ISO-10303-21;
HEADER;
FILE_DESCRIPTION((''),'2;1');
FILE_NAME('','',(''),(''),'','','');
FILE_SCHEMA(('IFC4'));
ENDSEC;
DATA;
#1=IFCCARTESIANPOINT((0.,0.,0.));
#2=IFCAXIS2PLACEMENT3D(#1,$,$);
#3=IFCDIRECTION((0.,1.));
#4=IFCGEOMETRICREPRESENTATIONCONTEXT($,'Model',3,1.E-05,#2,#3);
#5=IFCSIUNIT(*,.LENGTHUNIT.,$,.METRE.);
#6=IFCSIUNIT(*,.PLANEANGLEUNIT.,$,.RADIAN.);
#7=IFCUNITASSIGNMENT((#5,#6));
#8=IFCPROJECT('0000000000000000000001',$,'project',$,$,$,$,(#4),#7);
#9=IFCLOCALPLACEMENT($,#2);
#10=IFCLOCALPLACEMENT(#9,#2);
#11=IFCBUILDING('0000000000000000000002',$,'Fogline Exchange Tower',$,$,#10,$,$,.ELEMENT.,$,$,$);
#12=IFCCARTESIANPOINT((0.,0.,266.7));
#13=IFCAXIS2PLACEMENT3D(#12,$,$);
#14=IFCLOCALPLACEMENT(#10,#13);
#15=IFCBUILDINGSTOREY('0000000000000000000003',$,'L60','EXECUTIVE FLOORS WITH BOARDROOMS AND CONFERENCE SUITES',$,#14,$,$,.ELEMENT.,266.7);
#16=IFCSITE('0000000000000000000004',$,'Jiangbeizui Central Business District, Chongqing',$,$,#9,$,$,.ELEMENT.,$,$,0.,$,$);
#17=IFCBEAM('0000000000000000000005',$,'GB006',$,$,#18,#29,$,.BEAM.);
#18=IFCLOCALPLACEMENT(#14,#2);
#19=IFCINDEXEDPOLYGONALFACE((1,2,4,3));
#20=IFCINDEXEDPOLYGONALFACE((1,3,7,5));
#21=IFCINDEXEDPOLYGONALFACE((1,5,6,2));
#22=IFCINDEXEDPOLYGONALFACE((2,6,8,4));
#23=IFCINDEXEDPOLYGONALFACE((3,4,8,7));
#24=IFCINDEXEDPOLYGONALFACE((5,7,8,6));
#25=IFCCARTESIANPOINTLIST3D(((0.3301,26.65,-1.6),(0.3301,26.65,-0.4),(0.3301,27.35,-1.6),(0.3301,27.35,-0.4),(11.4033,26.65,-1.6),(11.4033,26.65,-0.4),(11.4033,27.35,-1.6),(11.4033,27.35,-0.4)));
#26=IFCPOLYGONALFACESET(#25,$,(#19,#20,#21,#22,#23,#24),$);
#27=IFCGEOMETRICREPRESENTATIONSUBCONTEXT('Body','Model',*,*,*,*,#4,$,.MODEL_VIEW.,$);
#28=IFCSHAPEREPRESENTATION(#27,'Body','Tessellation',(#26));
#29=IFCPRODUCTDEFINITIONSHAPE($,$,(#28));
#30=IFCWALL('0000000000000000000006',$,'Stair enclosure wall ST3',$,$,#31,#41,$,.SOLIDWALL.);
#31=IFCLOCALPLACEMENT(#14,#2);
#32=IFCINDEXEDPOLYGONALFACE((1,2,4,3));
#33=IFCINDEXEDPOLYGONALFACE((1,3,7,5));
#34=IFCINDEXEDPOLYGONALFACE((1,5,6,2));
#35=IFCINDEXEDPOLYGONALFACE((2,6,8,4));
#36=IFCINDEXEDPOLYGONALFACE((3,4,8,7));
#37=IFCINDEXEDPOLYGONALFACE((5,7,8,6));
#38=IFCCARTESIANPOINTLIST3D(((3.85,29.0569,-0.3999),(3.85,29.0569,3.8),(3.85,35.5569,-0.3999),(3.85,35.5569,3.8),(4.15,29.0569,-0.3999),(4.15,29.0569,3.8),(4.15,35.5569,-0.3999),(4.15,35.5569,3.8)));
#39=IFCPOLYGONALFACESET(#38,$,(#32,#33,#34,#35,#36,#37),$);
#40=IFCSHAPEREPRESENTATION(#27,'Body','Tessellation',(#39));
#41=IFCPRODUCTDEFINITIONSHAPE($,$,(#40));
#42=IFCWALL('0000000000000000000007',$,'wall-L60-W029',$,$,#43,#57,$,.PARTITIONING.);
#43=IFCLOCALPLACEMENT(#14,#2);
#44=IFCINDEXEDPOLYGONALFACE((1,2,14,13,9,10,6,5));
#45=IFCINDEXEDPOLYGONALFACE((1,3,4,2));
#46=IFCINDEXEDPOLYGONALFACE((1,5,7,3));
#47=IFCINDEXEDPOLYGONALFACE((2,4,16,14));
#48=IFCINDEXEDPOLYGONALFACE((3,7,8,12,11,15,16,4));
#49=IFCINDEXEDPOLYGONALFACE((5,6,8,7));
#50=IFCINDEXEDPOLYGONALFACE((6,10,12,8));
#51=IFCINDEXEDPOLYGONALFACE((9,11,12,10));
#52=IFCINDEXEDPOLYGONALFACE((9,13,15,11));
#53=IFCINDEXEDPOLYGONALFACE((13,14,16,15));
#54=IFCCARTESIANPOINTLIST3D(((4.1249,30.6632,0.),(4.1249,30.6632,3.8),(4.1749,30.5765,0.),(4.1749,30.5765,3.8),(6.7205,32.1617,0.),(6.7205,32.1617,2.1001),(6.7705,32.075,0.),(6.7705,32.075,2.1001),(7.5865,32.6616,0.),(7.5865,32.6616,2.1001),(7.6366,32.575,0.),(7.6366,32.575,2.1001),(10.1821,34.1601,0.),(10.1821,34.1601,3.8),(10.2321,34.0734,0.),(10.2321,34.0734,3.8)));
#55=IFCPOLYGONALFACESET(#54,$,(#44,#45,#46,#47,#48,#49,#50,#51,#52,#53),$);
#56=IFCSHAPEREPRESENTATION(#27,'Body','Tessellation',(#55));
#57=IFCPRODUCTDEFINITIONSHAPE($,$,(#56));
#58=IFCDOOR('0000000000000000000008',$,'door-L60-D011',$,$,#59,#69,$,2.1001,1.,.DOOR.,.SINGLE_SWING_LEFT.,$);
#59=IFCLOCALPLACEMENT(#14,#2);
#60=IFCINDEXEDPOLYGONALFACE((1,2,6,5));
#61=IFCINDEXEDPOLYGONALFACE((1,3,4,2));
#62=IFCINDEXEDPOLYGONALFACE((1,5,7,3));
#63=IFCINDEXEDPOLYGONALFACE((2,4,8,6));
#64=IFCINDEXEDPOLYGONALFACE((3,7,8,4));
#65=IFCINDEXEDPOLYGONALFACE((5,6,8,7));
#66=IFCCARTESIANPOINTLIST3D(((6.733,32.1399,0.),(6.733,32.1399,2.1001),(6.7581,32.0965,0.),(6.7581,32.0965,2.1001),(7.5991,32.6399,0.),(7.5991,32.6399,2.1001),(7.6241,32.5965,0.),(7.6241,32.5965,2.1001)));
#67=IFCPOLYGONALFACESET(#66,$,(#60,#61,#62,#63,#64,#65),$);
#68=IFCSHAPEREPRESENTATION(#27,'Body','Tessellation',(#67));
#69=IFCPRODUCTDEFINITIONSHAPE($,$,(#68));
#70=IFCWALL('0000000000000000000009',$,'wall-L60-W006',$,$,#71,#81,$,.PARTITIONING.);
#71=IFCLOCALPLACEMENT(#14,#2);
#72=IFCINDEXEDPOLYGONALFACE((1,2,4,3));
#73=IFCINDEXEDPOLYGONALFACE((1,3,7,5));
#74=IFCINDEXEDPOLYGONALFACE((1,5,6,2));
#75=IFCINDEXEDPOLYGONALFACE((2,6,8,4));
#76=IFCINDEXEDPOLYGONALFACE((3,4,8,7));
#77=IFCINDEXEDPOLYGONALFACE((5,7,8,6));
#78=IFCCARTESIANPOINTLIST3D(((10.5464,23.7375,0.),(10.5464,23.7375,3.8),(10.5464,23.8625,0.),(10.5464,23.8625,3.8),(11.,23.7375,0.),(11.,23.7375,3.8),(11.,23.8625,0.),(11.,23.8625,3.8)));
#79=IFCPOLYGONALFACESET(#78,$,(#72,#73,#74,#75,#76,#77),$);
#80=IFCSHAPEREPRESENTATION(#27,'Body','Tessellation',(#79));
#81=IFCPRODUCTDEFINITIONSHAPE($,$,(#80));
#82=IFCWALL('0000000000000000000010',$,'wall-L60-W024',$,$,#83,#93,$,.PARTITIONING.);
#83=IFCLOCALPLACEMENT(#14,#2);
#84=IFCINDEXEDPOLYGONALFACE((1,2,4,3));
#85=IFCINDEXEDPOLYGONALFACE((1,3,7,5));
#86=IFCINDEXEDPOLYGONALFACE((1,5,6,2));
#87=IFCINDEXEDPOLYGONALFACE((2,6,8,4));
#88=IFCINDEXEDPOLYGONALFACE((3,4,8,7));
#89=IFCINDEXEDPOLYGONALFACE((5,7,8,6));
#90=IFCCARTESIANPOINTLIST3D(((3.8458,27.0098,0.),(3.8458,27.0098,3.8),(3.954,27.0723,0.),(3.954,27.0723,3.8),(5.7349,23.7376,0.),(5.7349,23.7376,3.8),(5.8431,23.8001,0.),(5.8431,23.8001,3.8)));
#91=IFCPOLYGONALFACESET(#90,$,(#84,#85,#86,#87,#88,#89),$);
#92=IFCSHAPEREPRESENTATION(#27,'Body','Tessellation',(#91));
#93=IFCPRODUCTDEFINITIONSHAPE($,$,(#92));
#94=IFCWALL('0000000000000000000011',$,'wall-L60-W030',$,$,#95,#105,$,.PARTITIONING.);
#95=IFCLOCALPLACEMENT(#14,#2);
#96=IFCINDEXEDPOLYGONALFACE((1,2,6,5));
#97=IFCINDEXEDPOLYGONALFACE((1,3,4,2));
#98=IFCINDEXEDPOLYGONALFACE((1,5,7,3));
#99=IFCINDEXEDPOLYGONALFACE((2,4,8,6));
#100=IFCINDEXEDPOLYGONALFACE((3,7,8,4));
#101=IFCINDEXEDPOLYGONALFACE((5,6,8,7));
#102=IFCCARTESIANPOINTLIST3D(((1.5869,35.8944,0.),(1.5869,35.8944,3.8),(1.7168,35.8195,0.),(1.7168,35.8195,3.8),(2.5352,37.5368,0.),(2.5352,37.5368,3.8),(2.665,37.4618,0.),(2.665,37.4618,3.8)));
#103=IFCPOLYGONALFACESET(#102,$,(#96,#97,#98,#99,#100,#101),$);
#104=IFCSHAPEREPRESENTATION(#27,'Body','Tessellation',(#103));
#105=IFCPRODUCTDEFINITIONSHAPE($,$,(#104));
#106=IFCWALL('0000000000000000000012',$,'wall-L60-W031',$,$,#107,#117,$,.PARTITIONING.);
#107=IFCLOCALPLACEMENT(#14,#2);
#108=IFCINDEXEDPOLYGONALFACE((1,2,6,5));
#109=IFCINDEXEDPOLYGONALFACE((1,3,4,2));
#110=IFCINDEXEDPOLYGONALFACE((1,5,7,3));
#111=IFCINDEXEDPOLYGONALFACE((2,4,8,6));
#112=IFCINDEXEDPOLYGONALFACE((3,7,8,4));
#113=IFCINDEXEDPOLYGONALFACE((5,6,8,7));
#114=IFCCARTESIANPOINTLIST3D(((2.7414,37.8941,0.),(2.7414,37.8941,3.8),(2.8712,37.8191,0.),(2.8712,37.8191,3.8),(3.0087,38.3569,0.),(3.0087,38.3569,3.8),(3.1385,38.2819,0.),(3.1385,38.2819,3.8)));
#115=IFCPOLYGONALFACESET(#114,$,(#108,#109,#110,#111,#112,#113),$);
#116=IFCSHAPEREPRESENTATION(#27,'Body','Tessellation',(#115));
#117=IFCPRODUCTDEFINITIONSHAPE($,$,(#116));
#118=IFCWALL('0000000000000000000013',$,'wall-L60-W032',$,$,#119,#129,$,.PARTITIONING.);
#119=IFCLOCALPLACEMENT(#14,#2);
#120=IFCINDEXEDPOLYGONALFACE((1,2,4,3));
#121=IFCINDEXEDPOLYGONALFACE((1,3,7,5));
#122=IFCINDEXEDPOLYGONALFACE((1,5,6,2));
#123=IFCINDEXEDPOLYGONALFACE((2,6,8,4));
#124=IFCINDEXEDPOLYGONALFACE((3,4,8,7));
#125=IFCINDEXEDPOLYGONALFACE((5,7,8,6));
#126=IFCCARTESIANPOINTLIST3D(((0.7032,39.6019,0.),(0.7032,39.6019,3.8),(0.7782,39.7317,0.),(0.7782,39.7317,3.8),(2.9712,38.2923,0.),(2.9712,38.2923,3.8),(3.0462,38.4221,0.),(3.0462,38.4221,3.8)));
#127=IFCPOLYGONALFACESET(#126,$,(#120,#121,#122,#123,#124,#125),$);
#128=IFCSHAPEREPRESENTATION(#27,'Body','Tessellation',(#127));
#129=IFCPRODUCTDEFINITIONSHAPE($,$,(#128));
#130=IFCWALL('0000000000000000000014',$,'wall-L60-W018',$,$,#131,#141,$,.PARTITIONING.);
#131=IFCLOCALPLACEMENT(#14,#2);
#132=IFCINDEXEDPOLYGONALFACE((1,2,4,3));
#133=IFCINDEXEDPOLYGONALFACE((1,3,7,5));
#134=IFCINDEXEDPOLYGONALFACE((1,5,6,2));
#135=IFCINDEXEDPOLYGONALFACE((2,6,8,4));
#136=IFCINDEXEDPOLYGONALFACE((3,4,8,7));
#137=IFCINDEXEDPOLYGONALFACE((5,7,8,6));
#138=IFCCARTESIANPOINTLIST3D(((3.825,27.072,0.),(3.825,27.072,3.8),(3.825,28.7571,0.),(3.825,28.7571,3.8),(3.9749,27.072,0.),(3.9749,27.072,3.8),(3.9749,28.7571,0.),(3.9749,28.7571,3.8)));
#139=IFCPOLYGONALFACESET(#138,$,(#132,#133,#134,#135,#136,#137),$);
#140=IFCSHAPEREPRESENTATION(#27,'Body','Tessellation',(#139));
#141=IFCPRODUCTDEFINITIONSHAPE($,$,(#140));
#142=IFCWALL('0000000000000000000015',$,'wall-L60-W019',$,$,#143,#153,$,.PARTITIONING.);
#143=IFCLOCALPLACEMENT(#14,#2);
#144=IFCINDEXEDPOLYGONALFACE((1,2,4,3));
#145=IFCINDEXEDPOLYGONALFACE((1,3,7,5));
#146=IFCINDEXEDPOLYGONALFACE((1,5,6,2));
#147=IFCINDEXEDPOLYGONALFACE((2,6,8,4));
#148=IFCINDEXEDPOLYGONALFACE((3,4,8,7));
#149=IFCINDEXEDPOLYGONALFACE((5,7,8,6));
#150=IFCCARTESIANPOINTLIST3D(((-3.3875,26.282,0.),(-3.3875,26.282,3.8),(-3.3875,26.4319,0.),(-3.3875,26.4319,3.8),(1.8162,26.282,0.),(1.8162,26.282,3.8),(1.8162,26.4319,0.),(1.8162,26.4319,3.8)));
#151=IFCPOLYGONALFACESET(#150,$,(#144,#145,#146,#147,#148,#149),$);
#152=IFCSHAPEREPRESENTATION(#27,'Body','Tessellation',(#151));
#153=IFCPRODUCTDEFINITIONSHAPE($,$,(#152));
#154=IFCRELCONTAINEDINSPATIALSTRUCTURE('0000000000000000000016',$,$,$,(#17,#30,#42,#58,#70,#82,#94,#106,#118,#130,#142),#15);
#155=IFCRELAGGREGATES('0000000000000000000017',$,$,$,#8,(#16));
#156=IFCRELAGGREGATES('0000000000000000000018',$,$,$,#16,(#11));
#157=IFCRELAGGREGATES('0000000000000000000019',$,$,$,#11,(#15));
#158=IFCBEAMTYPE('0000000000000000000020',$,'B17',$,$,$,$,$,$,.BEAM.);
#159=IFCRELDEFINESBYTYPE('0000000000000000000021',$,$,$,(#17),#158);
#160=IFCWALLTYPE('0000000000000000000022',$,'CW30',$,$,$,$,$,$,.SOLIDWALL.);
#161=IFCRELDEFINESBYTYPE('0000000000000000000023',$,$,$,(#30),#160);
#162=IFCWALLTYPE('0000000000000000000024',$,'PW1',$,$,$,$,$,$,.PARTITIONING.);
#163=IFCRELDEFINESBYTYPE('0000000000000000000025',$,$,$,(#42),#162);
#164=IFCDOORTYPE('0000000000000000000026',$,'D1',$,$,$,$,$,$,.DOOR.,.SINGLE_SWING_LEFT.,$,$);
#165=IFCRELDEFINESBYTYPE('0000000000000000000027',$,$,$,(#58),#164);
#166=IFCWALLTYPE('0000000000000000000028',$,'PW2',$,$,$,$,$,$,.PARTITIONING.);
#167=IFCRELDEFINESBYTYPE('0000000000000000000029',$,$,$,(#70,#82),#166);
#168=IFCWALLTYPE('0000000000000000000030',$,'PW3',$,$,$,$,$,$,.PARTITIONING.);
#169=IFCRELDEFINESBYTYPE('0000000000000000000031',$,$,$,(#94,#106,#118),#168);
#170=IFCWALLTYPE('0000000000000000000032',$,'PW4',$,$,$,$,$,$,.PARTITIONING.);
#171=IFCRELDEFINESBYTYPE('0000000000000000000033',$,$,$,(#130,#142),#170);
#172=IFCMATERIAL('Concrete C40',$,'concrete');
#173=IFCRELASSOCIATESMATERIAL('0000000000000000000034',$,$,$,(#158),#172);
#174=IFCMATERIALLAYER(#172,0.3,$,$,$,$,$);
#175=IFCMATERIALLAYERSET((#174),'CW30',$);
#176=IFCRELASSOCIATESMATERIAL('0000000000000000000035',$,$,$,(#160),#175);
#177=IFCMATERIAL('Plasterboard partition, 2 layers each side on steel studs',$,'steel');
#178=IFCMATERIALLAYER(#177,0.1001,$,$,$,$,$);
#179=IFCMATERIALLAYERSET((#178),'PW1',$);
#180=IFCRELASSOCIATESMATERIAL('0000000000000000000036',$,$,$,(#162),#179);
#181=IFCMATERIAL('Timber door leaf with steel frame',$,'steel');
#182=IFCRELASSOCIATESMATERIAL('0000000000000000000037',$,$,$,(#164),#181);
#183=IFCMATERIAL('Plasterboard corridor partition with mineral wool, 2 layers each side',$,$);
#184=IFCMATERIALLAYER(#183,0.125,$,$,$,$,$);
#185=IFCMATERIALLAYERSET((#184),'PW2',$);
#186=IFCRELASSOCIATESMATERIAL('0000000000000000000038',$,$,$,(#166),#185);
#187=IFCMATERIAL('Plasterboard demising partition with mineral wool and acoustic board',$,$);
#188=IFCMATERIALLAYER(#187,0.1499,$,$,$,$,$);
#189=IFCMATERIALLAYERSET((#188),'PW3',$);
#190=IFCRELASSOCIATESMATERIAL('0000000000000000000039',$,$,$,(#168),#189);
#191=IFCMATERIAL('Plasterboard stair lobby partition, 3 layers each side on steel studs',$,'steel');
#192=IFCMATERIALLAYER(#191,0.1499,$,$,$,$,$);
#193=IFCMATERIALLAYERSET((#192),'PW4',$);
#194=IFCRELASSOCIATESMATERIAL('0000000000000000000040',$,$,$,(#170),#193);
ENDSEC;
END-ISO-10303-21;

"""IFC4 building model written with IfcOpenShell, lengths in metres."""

from ifc_helpers import new_model, si_unit, direction, frame, frame_2d, origin, origin_2d, place, context, subcontext, project, spatial, rectangle, extrude, material, layer, layer_set, material_profile, profile_set, type_object, element, fill, save


model = new_model("IFC4")

# Units and contexts
model_context = context("Model", 3, precision=1e-05, world=origin(), true_north=direction((0.0, 1.0)))
body_context = subcontext(model_context, "Body", "Model", "MODEL_VIEW")
ifc_project = project(units=[si_unit("LENGTHUNIT", "METRE"), si_unit("PLANEANGLEUNIT", "RADIAN")], contexts=[model_context])

# Site, building, storey
site_placement = place(None, origin())
site = spatial("IfcSite", under=ifc_project, at=site_placement, Name="Jiangbeizui Central Business District, Chongqing", CompositionType="ELEMENT", RefElevation=0.0)
building_placement = place(site_placement, origin())
building = spatial("IfcBuilding", under=site, at=building_placement, Name="Fogline Exchange Tower", CompositionType="ELEMENT")
storey_placement = place(building_placement, frame((0.0, 0.0, 266.7)))
storey = spatial("IfcBuildingStorey", under=building, at=storey_placement, Name="L60", Description="EXECUTIVE FLOORS WITH BOARDROOMS AND CONFERENCE SUITES", CompositionType="ELEMENT", Elevation=266.7)

# Beam
ifc_material_1 = material(Name="Concrete C40", Category="concrete")
ifc_material_profile_1 = material_profile(ifc_material_1, rectangle(XDim=0.7, YDim=1.2, at=origin_2d()), Name="RC 700x1200")
ifc_profile_set_1 = profile_set([ifc_material_profile_1], Name="Concrete C40")
beam_type_1 = type_object("IfcBeamType", Name="B17", PredefinedType="BEAM", material=ifc_profile_set_1)
beam_1_placement = place(storey_placement, frame((0.3301, 27.0, -1.0), z_axis=(1.0, 0.0, 0.0), x_axis=(0.0, 1.0, 0.0)))
element("IfcBeam", 1, at=beam_1_placement, inside=storey, type_object=beam_type_1, Name="GB006", PredefinedType="BEAM", context=body_context, shape_type="SweptSolid", body=[
    extrude(rectangle(XDim=0.7, YDim=1.2, at=origin_2d()), origin(), (0.0, 0.0, 1.0), 11.0732),
])

# Wall
ifc_layer_1 = layer(ifc_material_1, 0.3)
ifc_layer_set_1 = layer_set([ifc_layer_1], Name="CW30")
wall_type_1 = type_object("IfcWallType", Name="CW30", PredefinedType="SOLIDWALL", material=ifc_layer_set_1)
wall_1_placement = place(storey_placement, frame((4.0, 29.0569, -0.3999), z_axis=(0.0, 0.0, 1.0), x_axis=(0.0, 1.0, 0.0)))
element("IfcWall", 2, at=wall_1_placement, inside=storey, type_object=wall_type_1, Name="Stair enclosure wall ST3", PredefinedType="SOLIDWALL", context=body_context, shape_type="SweptSolid", body=[
    extrude(rectangle(XDim=6.5, YDim=0.3, at=frame_2d((3.25, 0.0))), origin(), (0.0, 0.0, 1.0), 4.2),
])

# Wall, opening, door
ifc_material_2 = material(Name="Plasterboard partition, 2 layers each side on steel studs", Category="steel")
ifc_layer_2 = layer(ifc_material_2, 0.1001)
ifc_layer_set_2 = layer_set([ifc_layer_2], Name="PW1")
wall_type_2 = type_object("IfcWallType", Name="PW1", PredefinedType="PARTITIONING", material=ifc_layer_set_2)
wall_2_placement = place(storey_placement, frame((4.1499, 30.6199, 0.0), z_axis=(0.0, 0.0, 1.0), x_axis=(0.866041, 0.499972, 0.0)))
wall_2 = element("IfcWall", 3, at=wall_2_placement, inside=storey, type_object=wall_type_2, Name="wall-L60-W029", PredefinedType="PARTITIONING", context=body_context, shape_type="SweptSolid", body=[
    extrude(rectangle(XDim=6.9941, YDim=0.1001, at=frame_2d((3.4971, 0.0))), origin(), (0.0, 0.0, 1.0), 3.8),
])
opening_1_placement = place(wall_2_placement, frame((2.9971, 0.0, 0.0)))
opening_1 = element("IfcOpeningElement", 4, at=opening_1_placement, cuts=wall_2, PredefinedType="OPENING", context=body_context, shape_type="SweptSolid", body=[
    extrude(rectangle(XDim=1.0, YDim=2.1001, at=frame_2d((0.5, 1.05))), frame((0.0, 0.0601, 0.0), z_axis=(0.0, -1.0, 0.0), x_axis=(1.0, 0.0, 0.0)), (0.0, 0.0, 1.0), 0.1201),
])
ifc_material_3 = material(Name="Timber door leaf with steel frame", Category="steel")
door_type_1 = type_object("IfcDoorType", Name="D1", OperationType="SINGLE_SWING_LEFT", PredefinedType="DOOR", material=ifc_material_3)
door_1_placement = place(opening_1_placement, origin())
door_1 = element("IfcDoor", 5, at=door_1_placement, inside=storey, type_object=door_type_1, Name="door-L60-D011", OperationType="SINGLE_SWING_LEFT", OverallHeight=2.1001, OverallWidth=1.0, PredefinedType="DOOR", context=body_context, shape_type="SweptSolid", body=[
    extrude(rectangle(XDim=1.0, YDim=2.1001, at=frame_2d((0.5, 1.05))), frame((0.0, 0.0249, 0.0), z_axis=(0.0, -1.0, 0.0), x_axis=(1.0, 0.0, 0.0)), (0.0, 0.0, 1.0), 0.05),
])
fill(opening_1, door_1)

# Walls
ifc_material_4 = material(Name="Plasterboard corridor partition with mineral wool, 2 layers each side")
ifc_layer_3 = layer(ifc_material_4, 0.125)
ifc_layer_set_3 = layer_set([ifc_layer_3], Name="PW2")
wall_type_3 = type_object("IfcWallType", Name="PW2", PredefinedType="PARTITIONING", material=ifc_layer_set_3)
wall_3_placement = place(storey_placement, frame((10.5464, 23.8, 0.0), z_axis=(0.0, 0.0, 1.0), x_axis=(1.0, 0.0, 0.0)))
element("IfcWall", 6, at=wall_3_placement, inside=storey, type_object=wall_type_3, Name="wall-L60-W006", PredefinedType="PARTITIONING", context=body_context, shape_type="SweptSolid", body=[
    extrude(rectangle(XDim=0.4536, YDim=0.125, at=frame_2d((0.2268, 0.0))), origin(), (0.0, 0.0, 1.0), 3.8),
])
wall_4_placement = place(storey_placement, frame((3.8999, 27.041, 0.0), z_axis=(0.0, 0.0, 1.0), x_axis=(0.499989, -0.866032, 0.0)))
element("IfcWall", 7, at=wall_4_placement, inside=storey, type_object=wall_type_3, Name="wall-L60-W024", PredefinedType="PARTITIONING", context=body_context, shape_type="SweptSolid", body=[
    extrude(rectangle(XDim=3.7783, YDim=0.125, at=frame_2d((1.8892, 0.0))), origin(), (0.0, 0.0, 1.0), 3.8),
])
ifc_material_5 = material(Name="Plasterboard demising partition with mineral wool and acoustic board")
ifc_layer_4 = layer(ifc_material_5, 0.1499)
ifc_layer_set_4 = layer_set([ifc_layer_4], Name="PW3")
wall_type_4 = type_object("IfcWallType", Name="PW3", PredefinedType="PARTITIONING", material=ifc_layer_set_4)
wall_5_placement = place(storey_placement, frame((1.6519, 35.8569, 0.0), z_axis=(0.0, 0.0, 1.0), x_axis=(0.500016, 0.866016, 0.0)))
element("IfcWall", 8, at=wall_5_placement, inside=storey, type_object=wall_type_4, Name="wall-L60-W030", PredefinedType="PARTITIONING", context=body_context, shape_type="SweptSolid", body=[
    extrude(rectangle(XDim=1.8965, YDim=0.1499, at=frame_2d((0.9482, 0.0))), origin(), (0.0, 0.0, 1.0), 3.8),
])
wall_6_placement = place(storey_placement, frame((2.8064, 37.8567, 0.0), z_axis=(0.0, 0.0, 1.0), x_axis=(0.500118, 0.865957, 0.0)))
element("IfcWall", 9, at=wall_6_placement, inside=storey, type_object=wall_type_4, Name="wall-L60-W031", PredefinedType="PARTITIONING", context=body_context, shape_type="SweptSolid", body=[
    extrude(rectangle(XDim=0.5344, YDim=0.1499, at=frame_2d((0.2671, 0.0))), origin(), (0.0, 0.0, 1.0), 3.8),
])
wall_7_placement = place(storey_placement, frame((3.0088, 38.3572, 0.0), z_axis=(0.0, 0.0, 1.0), x_axis=(-0.866009, 0.500029, 0.0)))
element("IfcWall", 10, at=wall_7_placement, inside=storey, type_object=wall_type_4, Name="wall-L60-W032", PredefinedType="PARTITIONING", context=body_context, shape_type="SweptSolid", body=[
    extrude(rectangle(XDim=2.6189, YDim=0.1499, at=frame_2d((1.3096, 0.0))), origin(), (0.0, 0.0, 1.0), 3.8),
])
ifc_material_6 = material(Name="Plasterboard stair lobby partition, 3 layers each side on steel studs", Category="steel")
ifc_layer_5 = layer(ifc_material_6, 0.1499)
ifc_layer_set_5 = layer_set([ifc_layer_5], Name="PW4")
wall_type_5 = type_object("IfcWallType", Name="PW4", PredefinedType="PARTITIONING", material=ifc_layer_set_5)
wall_8_placement = place(storey_placement, frame((3.8999, 28.7571, 0.0), z_axis=(0.0, 0.0, 1.0), x_axis=(0.0, -1.0, 0.0)))
element("IfcWall", 11, at=wall_8_placement, inside=storey, type_object=wall_type_5, Name="wall-L60-W018", PredefinedType="PARTITIONING", context=body_context, shape_type="SweptSolid", body=[
    extrude(rectangle(XDim=1.6851, YDim=0.1499, at=frame_2d((0.8425, 0.0))), origin(), (0.0, 0.0, 1.0), 3.8),
])
wall_9_placement = place(storey_placement, frame((1.8162, 26.3569, 0.0), z_axis=(0.0, 0.0, 1.0), x_axis=(-1.0, 0.0, 0.0)))
element("IfcWall", 12, at=wall_9_placement, inside=storey, type_object=wall_type_5, Name="wall-L60-W019", PredefinedType="PARTITIONING", context=body_context, shape_type="SweptSolid", body=[
    extrude(rectangle(XDim=5.2036, YDim=0.1499, at=frame_2d((2.6018, 0.0))), origin(), (0.0, 0.0, 1.0), 3.8),
])

save(model, "model.ifc")
